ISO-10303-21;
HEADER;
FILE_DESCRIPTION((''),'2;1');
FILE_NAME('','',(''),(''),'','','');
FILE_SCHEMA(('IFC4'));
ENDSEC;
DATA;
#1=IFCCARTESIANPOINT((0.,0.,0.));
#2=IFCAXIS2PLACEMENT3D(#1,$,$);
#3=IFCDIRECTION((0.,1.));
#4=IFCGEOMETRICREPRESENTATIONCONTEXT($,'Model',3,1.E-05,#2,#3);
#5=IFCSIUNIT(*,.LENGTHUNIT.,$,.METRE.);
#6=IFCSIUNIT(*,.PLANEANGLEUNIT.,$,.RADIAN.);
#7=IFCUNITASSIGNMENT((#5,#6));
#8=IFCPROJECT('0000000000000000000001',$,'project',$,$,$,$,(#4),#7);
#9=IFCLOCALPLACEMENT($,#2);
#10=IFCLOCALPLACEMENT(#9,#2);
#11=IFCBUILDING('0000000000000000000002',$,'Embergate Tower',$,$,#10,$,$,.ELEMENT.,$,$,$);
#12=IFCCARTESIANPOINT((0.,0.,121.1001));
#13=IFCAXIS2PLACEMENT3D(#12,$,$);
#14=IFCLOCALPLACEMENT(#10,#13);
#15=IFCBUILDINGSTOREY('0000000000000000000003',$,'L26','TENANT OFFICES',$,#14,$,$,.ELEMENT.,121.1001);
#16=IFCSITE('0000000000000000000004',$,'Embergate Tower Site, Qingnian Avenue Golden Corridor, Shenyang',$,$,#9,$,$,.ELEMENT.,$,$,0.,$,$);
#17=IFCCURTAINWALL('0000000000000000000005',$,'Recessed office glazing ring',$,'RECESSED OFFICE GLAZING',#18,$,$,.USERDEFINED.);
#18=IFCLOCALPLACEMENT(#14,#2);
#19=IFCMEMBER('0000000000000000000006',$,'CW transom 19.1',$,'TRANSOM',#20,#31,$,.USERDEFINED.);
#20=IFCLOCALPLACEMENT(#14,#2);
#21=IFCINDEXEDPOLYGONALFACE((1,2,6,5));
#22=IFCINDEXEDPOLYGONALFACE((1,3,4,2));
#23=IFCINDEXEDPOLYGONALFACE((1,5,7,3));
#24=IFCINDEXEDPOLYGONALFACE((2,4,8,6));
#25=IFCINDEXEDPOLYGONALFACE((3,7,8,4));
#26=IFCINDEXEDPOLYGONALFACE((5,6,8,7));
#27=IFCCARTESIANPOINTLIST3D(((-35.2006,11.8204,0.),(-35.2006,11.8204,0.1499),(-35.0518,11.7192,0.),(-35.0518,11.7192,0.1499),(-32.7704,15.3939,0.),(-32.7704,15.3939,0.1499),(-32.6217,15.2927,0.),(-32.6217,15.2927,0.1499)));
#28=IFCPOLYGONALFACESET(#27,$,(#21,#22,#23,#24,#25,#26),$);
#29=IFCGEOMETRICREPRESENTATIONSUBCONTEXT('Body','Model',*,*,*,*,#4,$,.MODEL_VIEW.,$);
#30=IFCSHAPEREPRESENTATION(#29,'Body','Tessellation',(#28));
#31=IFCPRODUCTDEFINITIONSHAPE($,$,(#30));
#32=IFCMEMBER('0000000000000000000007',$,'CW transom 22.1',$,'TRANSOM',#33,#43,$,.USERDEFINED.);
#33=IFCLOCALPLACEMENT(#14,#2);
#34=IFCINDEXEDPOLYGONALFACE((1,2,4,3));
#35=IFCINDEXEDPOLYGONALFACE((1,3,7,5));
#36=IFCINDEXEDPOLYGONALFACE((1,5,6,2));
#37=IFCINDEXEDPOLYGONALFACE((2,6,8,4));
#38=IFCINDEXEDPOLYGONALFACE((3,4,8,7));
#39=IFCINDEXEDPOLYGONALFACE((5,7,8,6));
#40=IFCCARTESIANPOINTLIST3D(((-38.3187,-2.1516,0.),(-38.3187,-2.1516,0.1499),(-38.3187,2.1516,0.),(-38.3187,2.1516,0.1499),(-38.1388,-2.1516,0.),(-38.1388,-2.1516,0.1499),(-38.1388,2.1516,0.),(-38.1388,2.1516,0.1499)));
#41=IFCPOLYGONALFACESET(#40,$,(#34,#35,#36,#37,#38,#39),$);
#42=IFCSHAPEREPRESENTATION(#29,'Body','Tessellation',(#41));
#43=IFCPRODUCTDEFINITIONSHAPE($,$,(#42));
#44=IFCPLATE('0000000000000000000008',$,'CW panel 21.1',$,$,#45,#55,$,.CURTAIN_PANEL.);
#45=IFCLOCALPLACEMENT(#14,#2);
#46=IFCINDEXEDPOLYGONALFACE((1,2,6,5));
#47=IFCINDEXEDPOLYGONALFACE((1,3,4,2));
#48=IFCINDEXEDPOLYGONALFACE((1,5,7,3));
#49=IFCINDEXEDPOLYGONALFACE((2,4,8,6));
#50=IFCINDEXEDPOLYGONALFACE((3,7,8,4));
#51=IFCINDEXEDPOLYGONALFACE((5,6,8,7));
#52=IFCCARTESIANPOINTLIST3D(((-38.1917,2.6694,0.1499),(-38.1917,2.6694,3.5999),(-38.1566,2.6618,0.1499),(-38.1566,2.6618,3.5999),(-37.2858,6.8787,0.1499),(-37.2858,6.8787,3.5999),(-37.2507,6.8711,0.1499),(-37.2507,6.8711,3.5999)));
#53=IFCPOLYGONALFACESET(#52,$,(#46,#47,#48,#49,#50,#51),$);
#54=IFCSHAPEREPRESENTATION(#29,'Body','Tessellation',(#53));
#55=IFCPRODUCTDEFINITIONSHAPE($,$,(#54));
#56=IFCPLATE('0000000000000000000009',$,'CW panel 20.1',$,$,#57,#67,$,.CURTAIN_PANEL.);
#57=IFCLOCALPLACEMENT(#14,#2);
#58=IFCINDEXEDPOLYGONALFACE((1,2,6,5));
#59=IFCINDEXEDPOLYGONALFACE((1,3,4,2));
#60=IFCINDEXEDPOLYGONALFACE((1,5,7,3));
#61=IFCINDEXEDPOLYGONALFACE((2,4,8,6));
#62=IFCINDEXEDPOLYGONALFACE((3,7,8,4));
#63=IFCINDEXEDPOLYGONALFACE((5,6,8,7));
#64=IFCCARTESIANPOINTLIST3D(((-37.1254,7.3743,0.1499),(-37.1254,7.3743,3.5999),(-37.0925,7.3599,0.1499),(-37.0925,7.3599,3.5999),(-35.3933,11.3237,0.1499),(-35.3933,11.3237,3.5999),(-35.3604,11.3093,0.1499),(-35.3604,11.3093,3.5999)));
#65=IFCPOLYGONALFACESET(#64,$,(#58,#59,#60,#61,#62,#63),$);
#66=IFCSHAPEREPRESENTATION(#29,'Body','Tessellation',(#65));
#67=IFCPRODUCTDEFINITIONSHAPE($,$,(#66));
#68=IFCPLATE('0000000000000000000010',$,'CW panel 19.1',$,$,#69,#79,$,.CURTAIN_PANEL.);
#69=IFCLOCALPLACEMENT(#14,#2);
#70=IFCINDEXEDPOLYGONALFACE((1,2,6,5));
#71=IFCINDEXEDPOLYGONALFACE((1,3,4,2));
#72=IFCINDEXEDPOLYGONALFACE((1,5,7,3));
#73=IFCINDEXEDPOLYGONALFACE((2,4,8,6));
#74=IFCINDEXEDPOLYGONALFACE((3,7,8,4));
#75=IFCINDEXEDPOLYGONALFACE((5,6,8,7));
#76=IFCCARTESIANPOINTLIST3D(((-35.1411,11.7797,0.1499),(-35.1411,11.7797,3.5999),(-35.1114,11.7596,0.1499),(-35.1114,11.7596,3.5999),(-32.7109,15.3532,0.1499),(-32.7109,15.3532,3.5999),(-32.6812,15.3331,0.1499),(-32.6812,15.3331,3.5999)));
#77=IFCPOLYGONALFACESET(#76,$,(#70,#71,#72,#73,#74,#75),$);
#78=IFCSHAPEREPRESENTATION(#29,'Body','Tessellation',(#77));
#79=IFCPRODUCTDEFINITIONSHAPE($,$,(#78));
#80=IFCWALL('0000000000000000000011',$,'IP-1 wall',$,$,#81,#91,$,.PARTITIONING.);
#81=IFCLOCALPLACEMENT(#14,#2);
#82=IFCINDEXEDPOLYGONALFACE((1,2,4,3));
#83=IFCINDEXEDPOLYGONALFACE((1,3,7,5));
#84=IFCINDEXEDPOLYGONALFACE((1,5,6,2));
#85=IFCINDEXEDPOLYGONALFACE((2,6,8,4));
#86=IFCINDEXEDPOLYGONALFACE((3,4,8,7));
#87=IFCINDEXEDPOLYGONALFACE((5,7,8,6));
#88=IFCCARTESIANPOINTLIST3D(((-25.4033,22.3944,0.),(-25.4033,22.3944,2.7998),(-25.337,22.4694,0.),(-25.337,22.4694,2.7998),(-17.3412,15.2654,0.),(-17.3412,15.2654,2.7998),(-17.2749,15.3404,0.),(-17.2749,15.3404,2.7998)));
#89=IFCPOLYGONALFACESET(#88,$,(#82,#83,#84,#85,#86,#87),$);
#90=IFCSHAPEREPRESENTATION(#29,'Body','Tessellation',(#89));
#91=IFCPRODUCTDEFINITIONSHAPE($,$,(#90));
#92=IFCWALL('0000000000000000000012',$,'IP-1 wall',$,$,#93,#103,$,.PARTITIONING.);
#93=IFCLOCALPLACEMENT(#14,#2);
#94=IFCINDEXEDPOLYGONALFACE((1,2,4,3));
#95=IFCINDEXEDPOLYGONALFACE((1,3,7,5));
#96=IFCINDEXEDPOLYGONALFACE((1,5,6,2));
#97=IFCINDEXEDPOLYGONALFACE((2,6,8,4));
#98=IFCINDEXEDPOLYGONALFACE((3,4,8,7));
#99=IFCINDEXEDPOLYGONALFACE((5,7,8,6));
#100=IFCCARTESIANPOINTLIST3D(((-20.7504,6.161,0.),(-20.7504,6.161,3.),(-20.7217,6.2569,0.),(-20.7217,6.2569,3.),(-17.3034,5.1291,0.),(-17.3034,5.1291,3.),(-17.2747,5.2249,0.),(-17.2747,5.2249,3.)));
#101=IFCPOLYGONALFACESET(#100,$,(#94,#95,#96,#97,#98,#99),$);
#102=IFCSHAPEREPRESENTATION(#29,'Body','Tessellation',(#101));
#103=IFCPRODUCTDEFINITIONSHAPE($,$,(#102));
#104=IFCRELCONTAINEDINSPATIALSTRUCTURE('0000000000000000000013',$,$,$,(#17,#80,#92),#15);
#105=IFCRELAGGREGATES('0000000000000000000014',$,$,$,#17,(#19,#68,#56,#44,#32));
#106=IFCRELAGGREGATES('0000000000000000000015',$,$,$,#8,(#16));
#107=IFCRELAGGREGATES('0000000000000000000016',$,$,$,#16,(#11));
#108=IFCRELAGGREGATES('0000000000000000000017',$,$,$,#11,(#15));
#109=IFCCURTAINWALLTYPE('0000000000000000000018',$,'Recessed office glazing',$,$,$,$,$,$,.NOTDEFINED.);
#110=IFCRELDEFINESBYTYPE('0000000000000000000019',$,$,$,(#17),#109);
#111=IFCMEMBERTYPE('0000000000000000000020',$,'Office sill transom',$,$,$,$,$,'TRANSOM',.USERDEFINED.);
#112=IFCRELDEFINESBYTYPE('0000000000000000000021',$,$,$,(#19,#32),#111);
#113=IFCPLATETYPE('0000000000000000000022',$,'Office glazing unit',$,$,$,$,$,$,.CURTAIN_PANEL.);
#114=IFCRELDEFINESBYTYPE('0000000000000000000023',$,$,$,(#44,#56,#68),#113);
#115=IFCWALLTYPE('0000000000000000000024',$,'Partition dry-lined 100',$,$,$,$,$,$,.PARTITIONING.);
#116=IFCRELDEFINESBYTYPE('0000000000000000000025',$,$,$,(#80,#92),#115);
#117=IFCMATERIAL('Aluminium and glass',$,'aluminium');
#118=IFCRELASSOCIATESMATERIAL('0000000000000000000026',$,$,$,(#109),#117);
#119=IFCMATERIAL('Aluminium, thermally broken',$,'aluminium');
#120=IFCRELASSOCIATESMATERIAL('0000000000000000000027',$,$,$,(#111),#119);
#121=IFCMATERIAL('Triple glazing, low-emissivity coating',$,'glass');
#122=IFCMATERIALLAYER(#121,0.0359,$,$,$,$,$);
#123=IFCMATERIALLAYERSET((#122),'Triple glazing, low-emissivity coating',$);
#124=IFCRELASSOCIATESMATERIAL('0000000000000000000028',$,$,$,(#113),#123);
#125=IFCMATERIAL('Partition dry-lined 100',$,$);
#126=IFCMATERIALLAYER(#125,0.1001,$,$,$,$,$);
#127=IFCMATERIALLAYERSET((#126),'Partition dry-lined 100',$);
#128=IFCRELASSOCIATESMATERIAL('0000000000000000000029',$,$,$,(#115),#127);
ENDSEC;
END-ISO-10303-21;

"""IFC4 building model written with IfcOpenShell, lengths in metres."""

from ifc_helpers import new_model, si_unit, direction, frame, frame_2d, origin, origin_2d, place, context, subcontext, project, spatial, rectangle, extrude, source, transform, mapped, material, layer, layer_set, material_profile, profile_set, type_object, element, aggregate, save


model = new_model("IFC4")

# Units and contexts
model_context = context("Model", 3, precision=1e-05, world=origin(), true_north=direction((0.0, 1.0)))
body_context = subcontext(model_context, "Body", "Model", "MODEL_VIEW")
ifc_project = project(units=[si_unit("LENGTHUNIT", "METRE"), si_unit("PLANEANGLEUNIT", "RADIAN")], contexts=[model_context])

# Site, building, storey
site_placement = place(None, origin())
site = spatial("IfcSite", under=ifc_project, at=site_placement, Name="Embergate Tower Site, Qingnian Avenue Golden Corridor, Shenyang", CompositionType="ELEMENT", RefElevation=0.0)
building_placement = place(site_placement, origin())
building = spatial("IfcBuilding", under=site, at=building_placement, Name="Embergate Tower", CompositionType="ELEMENT")
storey_placement = place(building_placement, frame((0.0, 0.0, 121.1001)))
storey = spatial("IfcBuildingStorey", under=building, at=storey_placement, Name="L26", Description="TENANT OFFICES", CompositionType="ELEMENT", Elevation=121.1001)

# Curtain wall, members, plates
ifc_material_1 = material(Name="Aluminium and glass", Category="aluminium")
curtain_wall_type = type_object("IfcCurtainWallType", Name="Recessed office glazing", PredefinedType="NOTDEFINED", material=ifc_material_1)
curtain_wall_placement = place(storey_placement, origin())
curtain_wall = element("IfcCurtainWall", 1, at=curtain_wall_placement, inside=storey, type_object=curtain_wall_type, Name="Recessed office glazing ring", ObjectType="RECESSED OFFICE GLAZING", PredefinedType="USERDEFINED")
ifc_material_2 = material(Name="Aluminium, thermally broken", Category="aluminium")
ifc_material_profile_1 = material_profile(ifc_material_2, rectangle(XDim=0.1799, YDim=0.1499, at=origin_2d()), Name="AL 150x180")
ifc_profile_set_1 = profile_set([ifc_material_profile_1], Name="Aluminium, thermally broken")
member_type_1 = type_object("IfcMemberType", Name="Office sill transom", ElementType="TRANSOM", PredefinedType="USERDEFINED", material=ifc_profile_set_1)
shared_shape_1 = source(origin(), body_context, "Body", "SweptSolid", [
    extrude(rectangle(XDim=0.1799, YDim=0.1499, at=origin_2d()), origin(), (0.0, 0.0, 1.0), 4.3215),
])
member_1_placement = place(storey_placement, frame((-32.696, 15.3433, 0.075), z_axis=(-0.562342, -0.826904, 0.0), x_axis=(0.826904, -0.562342, 0.0)))
member_1 = element("IfcMember", 2, at=member_1_placement, type_object=member_type_1, Name="CW transom 19.1", ObjectType="TRANSOM", PredefinedType="USERDEFINED", context=body_context, shape_type="MappedRepresentation", body=[
    mapped(shared_shape_1, transform((0.0, 0.0, 0.0))),
])
shared_shape_2 = source(origin(), body_context, "Body", "SweptSolid", [
    extrude(rectangle(XDim=0.1799, YDim=0.1499, at=origin_2d()), origin(), (0.0, 0.0, 1.0), 4.3032),
])
member_2_placement = place(storey_placement, frame((-38.2288, 2.1516, 0.075), z_axis=(0.0, -1.0, 0.0), x_axis=(1.0, 0.0, 0.0)))
member_2 = element("IfcMember", 3, at=member_2_placement, type_object=member_type_1, Name="CW transom 22.1", ObjectType="TRANSOM", PredefinedType="USERDEFINED", context=body_context, shape_type="MappedRepresentation", body=[
    mapped(shared_shape_2, transform((0.0, 0.0, 0.0))),
])
ifc_material_3 = material(Name="Triple glazing, low-emissivity coating", Category="glass")
ifc_layer_1 = layer(ifc_material_3, 0.0359)
ifc_layer_set_1 = layer_set([ifc_layer_1], Name="Triple glazing, low-emissivity coating")
plate_type = type_object("IfcPlateType", Name="Office glazing unit", PredefinedType="CURTAIN_PANEL", material=ifc_layer_set_1)
shared_shape_3 = source(origin(), body_context, "Body", "SweptSolid", [
    extrude(rectangle(XDim=4.3057, YDim=0.0359, at=origin_2d()), origin(), (0.0, 0.0, 1.0), 3.45),
])
plate_1_placement = place(storey_placement, frame((-37.7212, 4.7703, 0.1499), z_axis=(0.0, 0.0, 1.0), x_axis=(-0.210398, -0.977616, 0.0)))
plate_1 = element("IfcPlate", 4, at=plate_1_placement, type_object=plate_type, Name="CW panel 21.1", PredefinedType="CURTAIN_PANEL", context=body_context, shape_type="MappedRepresentation", body=[
    mapped(shared_shape_3, transform((0.0, 0.0, 0.0))),
])
shared_shape_4 = source(origin(), body_context, "Body", "SweptSolid", [
    extrude(rectangle(XDim=4.3125, YDim=0.0359, at=origin_2d()), origin(), (0.0, 0.0, 1.0), 3.45),
])
plate_2_placement = place(storey_placement, frame((-36.2429, 9.3418, 0.1499), z_axis=(0.0, 0.0, 1.0), x_axis=(-0.401652, -0.915792, 0.0)))
plate_2 = element("IfcPlate", 5, at=plate_2_placement, type_object=plate_type, Name="CW panel 20.1", PredefinedType="CURTAIN_PANEL", context=body_context, shape_type="MappedRepresentation", body=[
    mapped(shared_shape_4, transform((0.0, 0.0, 0.0))),
])
shared_shape_5 = source(origin(), body_context, "Body", "SweptSolid", [
    extrude(rectangle(XDim=4.3215, YDim=0.0359, at=origin_2d()), origin(), (0.0, 0.0, 1.0), 3.45),
])
plate_3_placement = place(storey_placement, frame((-33.9111, 13.5564, 0.1499), z_axis=(0.0, 0.0, 1.0), x_axis=(-0.562342, -0.826905, 0.0)))
plate_3 = element("IfcPlate", 6, at=plate_3_placement, type_object=plate_type, Name="CW panel 19.1", PredefinedType="CURTAIN_PANEL", context=body_context, shape_type="MappedRepresentation", body=[
    mapped(shared_shape_5, transform((0.0, 0.0, 0.0))),
])
aggregate(curtain_wall, [member_1, plate_3, plate_2, plate_1, member_2])

# Walls
ifc_material_4 = material(Name="Partition dry-lined 100")
ifc_layer_2 = layer(ifc_material_4, 0.1001)
ifc_layer_set_2 = layer_set([ifc_layer_2], Name="Partition dry-lined 100")
wall_type = type_object("IfcWallType", Name="Partition dry-lined 100", PredefinedType="PARTITIONING", material=ifc_layer_set_2)
shared_shape_6 = source(origin(), body_context, "Body", "SweptSolid", [
    extrude(rectangle(XDim=10.762, YDim=0.1001, at=frame_2d((5.3809, 0.0))), origin(), (0.0, 0.0, 1.0), 2.7998),
])
wall_1_placement = place(storey_placement, frame((-17.3081, 15.303, 0.0), z_axis=(0.0, 0.0, 1.0), x_axis=(-0.749129, 0.662424, 0.0)))
element("IfcWall", 7, at=wall_1_placement, inside=storey, type_object=wall_type, Name="IP-1 wall", PredefinedType="PARTITIONING", context=body_context, shape_type="MappedRepresentation", body=[
    mapped(shared_shape_6, transform((0.0, 0.0, 0.0))),
])
shared_shape_7 = source(origin(), body_context, "Body", "SweptSolid", [
    extrude(rectangle(XDim=3.5981, YDim=0.1001, at=frame_2d((1.7991, 0.0))), origin(), (0.0, 0.0, 1.0), 3.0),
])
wall_2_placement = place(storey_placement, frame((-17.2891, 5.177, 0.0), z_axis=(0.0, 0.0, 1.0), x_axis=(-0.957989, 0.286806, 0.0)))
element("IfcWall", 8, at=wall_2_placement, inside=storey, type_object=wall_type, Name="IP-1 wall", PredefinedType="PARTITIONING", context=body_context, shape_type="MappedRepresentation", body=[
    mapped(shared_shape_7, transform((0.0, 0.0, 0.0))),
])

save(model, "model.ifc")
